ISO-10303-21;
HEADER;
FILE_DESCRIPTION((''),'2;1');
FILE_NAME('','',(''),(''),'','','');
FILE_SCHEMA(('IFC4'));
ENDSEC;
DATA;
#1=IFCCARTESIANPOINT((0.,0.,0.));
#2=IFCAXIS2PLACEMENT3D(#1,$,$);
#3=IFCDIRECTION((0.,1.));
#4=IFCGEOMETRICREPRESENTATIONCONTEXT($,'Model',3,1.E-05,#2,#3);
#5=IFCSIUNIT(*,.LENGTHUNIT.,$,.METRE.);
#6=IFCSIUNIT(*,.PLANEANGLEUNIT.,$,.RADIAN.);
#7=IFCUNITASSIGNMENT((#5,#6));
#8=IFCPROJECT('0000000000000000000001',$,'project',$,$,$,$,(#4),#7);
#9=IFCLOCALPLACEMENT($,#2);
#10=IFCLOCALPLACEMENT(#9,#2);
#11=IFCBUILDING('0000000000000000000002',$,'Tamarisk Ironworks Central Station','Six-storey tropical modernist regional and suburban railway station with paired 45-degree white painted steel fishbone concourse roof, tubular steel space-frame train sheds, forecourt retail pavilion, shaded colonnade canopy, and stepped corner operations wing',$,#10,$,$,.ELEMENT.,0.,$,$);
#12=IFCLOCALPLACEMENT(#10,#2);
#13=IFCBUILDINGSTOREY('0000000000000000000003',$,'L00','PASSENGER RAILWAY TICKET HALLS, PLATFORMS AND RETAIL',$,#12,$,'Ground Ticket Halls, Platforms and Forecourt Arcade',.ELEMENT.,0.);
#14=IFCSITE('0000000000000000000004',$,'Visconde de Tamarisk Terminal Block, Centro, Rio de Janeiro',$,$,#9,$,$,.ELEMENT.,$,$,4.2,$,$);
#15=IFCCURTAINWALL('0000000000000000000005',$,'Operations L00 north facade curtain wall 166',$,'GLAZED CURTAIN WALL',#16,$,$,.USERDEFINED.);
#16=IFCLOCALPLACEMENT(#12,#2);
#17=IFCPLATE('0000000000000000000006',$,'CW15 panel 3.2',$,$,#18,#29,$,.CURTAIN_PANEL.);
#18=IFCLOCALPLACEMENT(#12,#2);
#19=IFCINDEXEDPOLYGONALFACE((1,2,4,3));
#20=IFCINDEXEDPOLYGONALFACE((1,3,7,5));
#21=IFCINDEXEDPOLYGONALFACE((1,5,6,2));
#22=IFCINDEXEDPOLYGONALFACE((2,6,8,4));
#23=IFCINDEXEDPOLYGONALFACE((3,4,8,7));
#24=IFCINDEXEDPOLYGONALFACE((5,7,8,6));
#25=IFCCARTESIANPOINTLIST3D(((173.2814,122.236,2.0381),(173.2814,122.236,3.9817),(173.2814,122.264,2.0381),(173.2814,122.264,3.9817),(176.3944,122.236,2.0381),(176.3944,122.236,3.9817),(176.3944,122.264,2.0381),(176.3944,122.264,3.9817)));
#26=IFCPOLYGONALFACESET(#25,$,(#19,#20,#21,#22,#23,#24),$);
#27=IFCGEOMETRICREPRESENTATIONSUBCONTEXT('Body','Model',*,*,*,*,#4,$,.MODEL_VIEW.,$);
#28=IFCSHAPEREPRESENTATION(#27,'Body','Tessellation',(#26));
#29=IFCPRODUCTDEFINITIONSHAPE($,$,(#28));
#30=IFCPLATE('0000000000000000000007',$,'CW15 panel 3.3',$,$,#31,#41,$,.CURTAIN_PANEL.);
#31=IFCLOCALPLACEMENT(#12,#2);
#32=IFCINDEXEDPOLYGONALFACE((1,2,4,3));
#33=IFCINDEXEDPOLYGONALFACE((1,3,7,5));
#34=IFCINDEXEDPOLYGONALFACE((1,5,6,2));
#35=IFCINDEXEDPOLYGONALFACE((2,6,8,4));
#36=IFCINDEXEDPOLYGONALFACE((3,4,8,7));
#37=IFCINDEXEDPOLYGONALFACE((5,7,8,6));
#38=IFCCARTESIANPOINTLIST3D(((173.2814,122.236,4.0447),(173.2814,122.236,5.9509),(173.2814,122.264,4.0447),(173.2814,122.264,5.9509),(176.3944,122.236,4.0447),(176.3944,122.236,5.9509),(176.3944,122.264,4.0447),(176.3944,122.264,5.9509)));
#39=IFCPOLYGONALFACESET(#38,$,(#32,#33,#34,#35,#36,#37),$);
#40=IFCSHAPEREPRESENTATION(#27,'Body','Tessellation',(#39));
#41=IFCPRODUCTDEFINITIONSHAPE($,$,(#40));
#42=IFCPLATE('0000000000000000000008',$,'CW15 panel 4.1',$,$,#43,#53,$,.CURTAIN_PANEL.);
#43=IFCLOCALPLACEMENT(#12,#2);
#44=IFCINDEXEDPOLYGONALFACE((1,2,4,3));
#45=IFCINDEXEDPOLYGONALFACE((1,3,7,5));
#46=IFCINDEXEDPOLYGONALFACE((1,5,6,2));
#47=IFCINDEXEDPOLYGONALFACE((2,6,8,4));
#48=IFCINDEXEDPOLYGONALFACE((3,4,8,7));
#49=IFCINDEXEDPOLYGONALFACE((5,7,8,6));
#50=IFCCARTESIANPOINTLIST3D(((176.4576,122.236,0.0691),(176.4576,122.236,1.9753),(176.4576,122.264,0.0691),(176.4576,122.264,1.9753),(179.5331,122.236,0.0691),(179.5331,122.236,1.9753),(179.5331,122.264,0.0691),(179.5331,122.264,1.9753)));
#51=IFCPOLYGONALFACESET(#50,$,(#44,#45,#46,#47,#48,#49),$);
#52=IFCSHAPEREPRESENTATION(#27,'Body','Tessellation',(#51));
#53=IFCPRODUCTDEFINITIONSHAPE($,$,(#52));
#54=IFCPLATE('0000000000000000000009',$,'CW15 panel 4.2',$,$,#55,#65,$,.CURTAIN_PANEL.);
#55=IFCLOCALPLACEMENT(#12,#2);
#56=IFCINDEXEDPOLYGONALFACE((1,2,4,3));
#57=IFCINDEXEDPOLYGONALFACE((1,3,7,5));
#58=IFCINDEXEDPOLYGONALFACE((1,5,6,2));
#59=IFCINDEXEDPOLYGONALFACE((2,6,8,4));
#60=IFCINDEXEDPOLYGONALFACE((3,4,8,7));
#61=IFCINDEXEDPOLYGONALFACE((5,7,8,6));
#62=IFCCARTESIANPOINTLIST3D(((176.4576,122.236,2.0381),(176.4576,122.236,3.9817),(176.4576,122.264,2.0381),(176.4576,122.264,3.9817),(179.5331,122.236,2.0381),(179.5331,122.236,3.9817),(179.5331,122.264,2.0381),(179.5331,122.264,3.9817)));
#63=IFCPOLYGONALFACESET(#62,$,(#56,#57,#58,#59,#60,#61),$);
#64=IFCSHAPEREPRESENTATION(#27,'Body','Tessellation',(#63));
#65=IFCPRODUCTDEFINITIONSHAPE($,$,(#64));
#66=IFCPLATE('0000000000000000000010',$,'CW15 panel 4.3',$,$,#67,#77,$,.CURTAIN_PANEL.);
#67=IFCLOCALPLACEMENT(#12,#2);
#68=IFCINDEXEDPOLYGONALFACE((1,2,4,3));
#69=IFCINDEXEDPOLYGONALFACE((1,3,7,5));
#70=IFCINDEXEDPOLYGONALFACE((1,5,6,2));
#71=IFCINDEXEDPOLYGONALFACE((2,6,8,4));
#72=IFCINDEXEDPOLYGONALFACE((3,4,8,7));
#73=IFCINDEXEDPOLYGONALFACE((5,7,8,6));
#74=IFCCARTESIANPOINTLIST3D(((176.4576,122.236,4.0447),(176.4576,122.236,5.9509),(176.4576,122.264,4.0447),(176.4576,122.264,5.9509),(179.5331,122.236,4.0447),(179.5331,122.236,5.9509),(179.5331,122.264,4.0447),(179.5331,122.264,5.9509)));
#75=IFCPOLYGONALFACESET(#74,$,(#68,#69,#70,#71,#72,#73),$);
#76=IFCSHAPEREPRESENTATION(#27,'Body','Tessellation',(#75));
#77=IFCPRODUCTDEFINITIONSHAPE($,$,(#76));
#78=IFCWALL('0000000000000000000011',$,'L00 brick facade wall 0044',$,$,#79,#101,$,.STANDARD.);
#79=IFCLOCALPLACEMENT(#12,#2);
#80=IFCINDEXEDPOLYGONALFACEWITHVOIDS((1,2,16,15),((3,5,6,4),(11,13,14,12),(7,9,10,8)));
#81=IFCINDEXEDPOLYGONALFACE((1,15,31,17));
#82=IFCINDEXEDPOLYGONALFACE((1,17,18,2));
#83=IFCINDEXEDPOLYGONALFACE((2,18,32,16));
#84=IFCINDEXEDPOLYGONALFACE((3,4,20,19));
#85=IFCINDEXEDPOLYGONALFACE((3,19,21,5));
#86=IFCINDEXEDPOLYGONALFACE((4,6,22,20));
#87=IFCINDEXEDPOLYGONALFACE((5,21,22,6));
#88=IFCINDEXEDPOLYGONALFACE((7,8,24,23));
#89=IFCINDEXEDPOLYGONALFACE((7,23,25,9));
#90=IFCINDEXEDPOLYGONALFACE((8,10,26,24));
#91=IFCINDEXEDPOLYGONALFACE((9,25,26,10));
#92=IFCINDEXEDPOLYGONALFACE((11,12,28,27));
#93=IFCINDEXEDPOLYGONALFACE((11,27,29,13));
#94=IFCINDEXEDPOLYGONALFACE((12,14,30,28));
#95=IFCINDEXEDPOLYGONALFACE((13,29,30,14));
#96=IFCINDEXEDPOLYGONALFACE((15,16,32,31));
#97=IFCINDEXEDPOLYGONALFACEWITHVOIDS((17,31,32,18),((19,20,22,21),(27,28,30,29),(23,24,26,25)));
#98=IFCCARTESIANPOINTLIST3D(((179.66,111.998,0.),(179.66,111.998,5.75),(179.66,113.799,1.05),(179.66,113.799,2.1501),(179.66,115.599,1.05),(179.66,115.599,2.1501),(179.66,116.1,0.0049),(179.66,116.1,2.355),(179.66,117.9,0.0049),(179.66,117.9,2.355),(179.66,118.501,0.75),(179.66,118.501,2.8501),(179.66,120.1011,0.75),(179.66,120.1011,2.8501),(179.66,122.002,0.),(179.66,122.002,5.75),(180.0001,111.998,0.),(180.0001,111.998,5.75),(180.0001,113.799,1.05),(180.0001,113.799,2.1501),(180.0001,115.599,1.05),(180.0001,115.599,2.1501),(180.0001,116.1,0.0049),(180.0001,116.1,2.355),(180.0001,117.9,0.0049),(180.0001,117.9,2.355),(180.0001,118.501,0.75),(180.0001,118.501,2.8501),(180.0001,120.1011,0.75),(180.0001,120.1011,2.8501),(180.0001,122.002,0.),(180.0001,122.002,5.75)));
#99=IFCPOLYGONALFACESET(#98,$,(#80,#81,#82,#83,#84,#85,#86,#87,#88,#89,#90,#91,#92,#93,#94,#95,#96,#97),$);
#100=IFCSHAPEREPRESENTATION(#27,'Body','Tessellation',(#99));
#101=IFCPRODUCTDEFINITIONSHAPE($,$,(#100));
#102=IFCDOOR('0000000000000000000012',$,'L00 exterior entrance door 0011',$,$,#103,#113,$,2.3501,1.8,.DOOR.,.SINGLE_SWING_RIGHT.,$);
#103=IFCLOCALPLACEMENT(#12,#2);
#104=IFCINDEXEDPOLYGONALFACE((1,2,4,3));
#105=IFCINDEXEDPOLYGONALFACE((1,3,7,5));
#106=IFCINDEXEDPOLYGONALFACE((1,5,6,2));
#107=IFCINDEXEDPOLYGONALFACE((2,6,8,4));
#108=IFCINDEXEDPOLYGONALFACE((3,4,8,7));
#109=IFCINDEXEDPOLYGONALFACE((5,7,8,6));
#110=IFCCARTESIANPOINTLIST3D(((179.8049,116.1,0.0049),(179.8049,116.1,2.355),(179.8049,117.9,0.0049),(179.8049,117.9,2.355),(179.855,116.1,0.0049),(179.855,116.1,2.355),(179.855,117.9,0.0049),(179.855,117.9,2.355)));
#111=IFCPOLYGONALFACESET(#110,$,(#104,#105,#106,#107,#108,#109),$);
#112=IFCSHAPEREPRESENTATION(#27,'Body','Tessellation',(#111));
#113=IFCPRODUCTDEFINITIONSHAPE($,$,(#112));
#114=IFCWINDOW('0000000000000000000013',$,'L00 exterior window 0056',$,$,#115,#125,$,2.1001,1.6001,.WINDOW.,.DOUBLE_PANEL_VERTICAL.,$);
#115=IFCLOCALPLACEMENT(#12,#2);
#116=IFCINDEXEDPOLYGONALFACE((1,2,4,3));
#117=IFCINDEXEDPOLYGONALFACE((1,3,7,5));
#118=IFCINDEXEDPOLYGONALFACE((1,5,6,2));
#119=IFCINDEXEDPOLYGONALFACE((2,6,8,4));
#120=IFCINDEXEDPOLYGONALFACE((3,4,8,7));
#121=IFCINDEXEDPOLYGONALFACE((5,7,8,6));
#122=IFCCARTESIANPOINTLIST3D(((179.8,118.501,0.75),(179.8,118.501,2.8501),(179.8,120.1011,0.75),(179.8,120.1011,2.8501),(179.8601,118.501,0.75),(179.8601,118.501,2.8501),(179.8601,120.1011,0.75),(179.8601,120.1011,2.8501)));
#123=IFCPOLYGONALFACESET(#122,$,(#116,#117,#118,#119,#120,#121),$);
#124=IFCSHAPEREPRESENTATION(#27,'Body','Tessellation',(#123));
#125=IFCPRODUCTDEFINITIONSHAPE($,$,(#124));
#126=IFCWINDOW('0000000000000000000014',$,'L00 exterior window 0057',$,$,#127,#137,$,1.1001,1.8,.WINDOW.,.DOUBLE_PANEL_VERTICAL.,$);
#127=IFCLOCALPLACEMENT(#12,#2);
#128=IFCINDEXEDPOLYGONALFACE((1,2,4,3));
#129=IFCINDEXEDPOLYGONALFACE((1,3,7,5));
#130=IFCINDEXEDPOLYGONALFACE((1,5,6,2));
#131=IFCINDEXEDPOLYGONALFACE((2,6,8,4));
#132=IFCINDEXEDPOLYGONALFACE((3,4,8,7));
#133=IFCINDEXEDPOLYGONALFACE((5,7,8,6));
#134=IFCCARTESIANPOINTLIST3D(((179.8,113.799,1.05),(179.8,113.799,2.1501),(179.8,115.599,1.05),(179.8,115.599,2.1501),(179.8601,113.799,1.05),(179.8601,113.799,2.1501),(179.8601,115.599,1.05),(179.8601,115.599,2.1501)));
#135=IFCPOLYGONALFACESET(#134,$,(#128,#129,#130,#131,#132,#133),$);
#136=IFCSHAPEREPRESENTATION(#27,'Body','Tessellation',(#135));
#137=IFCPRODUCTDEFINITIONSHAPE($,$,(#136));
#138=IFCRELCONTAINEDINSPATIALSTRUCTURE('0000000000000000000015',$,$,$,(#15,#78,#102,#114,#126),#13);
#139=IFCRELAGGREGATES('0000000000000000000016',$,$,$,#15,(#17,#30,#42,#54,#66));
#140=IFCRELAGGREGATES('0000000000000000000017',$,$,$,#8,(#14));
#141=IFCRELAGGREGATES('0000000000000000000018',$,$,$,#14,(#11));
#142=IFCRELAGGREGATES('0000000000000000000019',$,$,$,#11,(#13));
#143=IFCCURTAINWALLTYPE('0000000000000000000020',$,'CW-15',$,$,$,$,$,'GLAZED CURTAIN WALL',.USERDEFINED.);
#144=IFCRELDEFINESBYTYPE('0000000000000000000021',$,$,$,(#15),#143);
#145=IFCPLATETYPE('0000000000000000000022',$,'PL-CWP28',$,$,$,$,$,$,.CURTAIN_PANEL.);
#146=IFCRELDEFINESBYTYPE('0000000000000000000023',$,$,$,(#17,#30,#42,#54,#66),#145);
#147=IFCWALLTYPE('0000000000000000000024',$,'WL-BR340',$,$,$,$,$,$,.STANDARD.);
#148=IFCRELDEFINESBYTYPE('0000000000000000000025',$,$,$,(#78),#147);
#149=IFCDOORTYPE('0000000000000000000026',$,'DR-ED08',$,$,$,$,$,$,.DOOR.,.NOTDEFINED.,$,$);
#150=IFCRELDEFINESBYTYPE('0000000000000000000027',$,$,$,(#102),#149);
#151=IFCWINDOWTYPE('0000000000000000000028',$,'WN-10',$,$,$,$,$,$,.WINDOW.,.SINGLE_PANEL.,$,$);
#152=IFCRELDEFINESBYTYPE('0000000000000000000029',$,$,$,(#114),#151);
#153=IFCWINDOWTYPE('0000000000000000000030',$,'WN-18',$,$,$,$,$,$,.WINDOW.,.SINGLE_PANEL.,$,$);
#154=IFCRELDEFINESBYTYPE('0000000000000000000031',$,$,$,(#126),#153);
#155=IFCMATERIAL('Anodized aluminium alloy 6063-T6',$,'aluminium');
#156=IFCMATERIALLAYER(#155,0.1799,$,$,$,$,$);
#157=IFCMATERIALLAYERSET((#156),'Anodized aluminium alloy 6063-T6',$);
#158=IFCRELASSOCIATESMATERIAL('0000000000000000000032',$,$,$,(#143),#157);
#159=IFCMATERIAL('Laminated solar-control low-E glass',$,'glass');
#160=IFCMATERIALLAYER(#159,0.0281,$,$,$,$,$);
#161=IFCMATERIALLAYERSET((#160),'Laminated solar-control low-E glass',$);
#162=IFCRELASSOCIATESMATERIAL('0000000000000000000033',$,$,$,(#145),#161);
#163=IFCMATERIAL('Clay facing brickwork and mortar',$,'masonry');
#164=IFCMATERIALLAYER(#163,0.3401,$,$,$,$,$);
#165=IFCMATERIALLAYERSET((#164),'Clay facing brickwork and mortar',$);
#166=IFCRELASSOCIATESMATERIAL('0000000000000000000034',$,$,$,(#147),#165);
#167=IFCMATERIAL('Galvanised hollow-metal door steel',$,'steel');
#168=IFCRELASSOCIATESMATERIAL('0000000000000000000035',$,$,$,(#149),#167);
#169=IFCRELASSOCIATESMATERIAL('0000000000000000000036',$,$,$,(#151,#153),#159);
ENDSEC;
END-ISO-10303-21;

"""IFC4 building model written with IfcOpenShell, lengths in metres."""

from ifc_helpers import new_model, si_unit, direction, frame, frame_2d, origin, origin_2d, place, context, subcontext, project, spatial, rectangle, extrude, material, layer, layer_set, type_object, element, fill, aggregate, save


model = new_model("IFC4")

# Units and contexts
model_context = context("Model", 3, precision=1e-05, world=origin(), true_north=direction((0.0, 1.0)))
body_context = subcontext(model_context, "Body", "Model", "MODEL_VIEW")
ifc_project = project(units=[si_unit("LENGTHUNIT", "METRE"), si_unit("PLANEANGLEUNIT", "RADIAN")], contexts=[model_context])

# Site, building, storey
site_placement = place(None, origin())
site = spatial("IfcSite", under=ifc_project, at=site_placement, Name="Visconde de Tamarisk Terminal Block, Centro, Rio de Janeiro", CompositionType="ELEMENT", RefElevation=4.2)
building_placement = place(site_placement, origin())
building = spatial("IfcBuilding", under=site, at=building_placement, Name="Tamarisk Ironworks Central Station", Description="Six-storey tropical modernist regional and suburban railway station with paired 45-degree white painted steel fishbone concourse roof, tubular steel space-frame train sheds, forecourt retail pavilion, shaded colonnade canopy, and stepped corner operations wing", CompositionType="ELEMENT", ElevationOfRefHeight=0.0)
storey_placement = place(building_placement, origin())
storey = spatial("IfcBuildingStorey", under=building, at=storey_placement, Name="L00", Description="PASSENGER RAILWAY TICKET HALLS, PLATFORMS AND RETAIL", LongName="Ground Ticket Halls, Platforms and Forecourt Arcade", CompositionType="ELEMENT", Elevation=0.0)

# Curtain wall, plates
ifc_material_1 = material(Name="Anodized aluminium alloy 6063-T6", Category="aluminium")
ifc_layer_1 = layer(ifc_material_1, 0.1799)
ifc_layer_set_1 = layer_set([ifc_layer_1], Name="Anodized aluminium alloy 6063-T6")
curtain_wall_type = type_object("IfcCurtainWallType", Name="CW-15", ElementType="GLAZED CURTAIN WALL", PredefinedType="USERDEFINED", material=ifc_layer_set_1)
curtain_wall_placement = place(storey_placement, origin())
curtain_wall = element("IfcCurtainWall", 1, at=curtain_wall_placement, inside=storey, type_object=curtain_wall_type, Name="Operations L00 north facade curtain wall 166", ObjectType="GLAZED CURTAIN WALL", PredefinedType="USERDEFINED")
ifc_material_2 = material(Name="Laminated solar-control low-E glass", Category="glass")
ifc_layer_2 = layer(ifc_material_2, 0.0281)
ifc_layer_set_2 = layer_set([ifc_layer_2], Name="Laminated solar-control low-E glass")
plate_type = type_object("IfcPlateType", Name="PL-CWP28", PredefinedType="CURTAIN_PANEL", material=ifc_layer_set_2)
plate_1_placement = place(storey_placement, frame((174.8379, 122.25, 2.0381), z_axis=(0.0, 0.0, 1.0), x_axis=(1.0, 0.0, 0.0)))
plate_1 = element("IfcPlate", 2, at=plate_1_placement, type_object=plate_type, Name="CW15 panel 3.2", PredefinedType="CURTAIN_PANEL", context=body_context, shape_type="SweptSolid", body=[
    extrude(rectangle(XDim=3.113, YDim=0.0281, at=origin_2d()), origin(), (0.0, 0.0, 1.0), 1.9436),
])
plate_2_placement = place(storey_placement, frame((174.8379, 122.25, 4.0447), z_axis=(0.0, 0.0, 1.0), x_axis=(1.0, 0.0, 0.0)))
plate_2 = element("IfcPlate", 3, at=plate_2_placement, type_object=plate_type, Name="CW15 panel 3.3", PredefinedType="CURTAIN_PANEL", context=body_context, shape_type="SweptSolid", body=[
    extrude(rectangle(XDim=3.113, YDim=0.0281, at=origin_2d()), origin(), (0.0, 0.0, 1.0), 1.9062),
])
plate_3_placement = place(storey_placement, frame((177.9954, 122.25, 0.0691), z_axis=(0.0, 0.0, 1.0), x_axis=(1.0, 0.0, 0.0)))
plate_3 = element("IfcPlate", 4, at=plate_3_placement, type_object=plate_type, Name="CW15 panel 4.1", PredefinedType="CURTAIN_PANEL", context=body_context, shape_type="SweptSolid", body=[
    extrude(rectangle(XDim=3.0754, YDim=0.0281, at=origin_2d()), origin(), (0.0, 0.0, 1.0), 1.9062),
])
plate_4_placement = place(storey_placement, frame((177.9954, 122.25, 2.0381), z_axis=(0.0, 0.0, 1.0), x_axis=(1.0, 0.0, 0.0)))
plate_4 = element("IfcPlate", 5, at=plate_4_placement, type_object=plate_type, Name="CW15 panel 4.2", PredefinedType="CURTAIN_PANEL", context=body_context, shape_type="SweptSolid", body=[
    extrude(rectangle(XDim=3.0754, YDim=0.0281, at=origin_2d()), origin(), (0.0, 0.0, 1.0), 1.9436),
])
plate_5_placement = place(storey_placement, frame((177.9954, 122.25, 4.0447), z_axis=(0.0, 0.0, 1.0), x_axis=(1.0, 0.0, 0.0)))
plate_5 = element("IfcPlate", 6, at=plate_5_placement, type_object=plate_type, Name="CW15 panel 4.3", PredefinedType="CURTAIN_PANEL", context=body_context, shape_type="SweptSolid", body=[
    extrude(rectangle(XDim=3.0754, YDim=0.0281, at=origin_2d()), origin(), (0.0, 0.0, 1.0), 1.9062),
])
aggregate(curtain_wall, [plate_1, plate_2, plate_3, plate_4, plate_5])

# Wall, openings, door, windows
ifc_material_3 = material(Name="Clay facing brickwork and mortar", Category="masonry")
ifc_layer_3 = layer(ifc_material_3, 0.3401)
ifc_layer_set_3 = layer_set([ifc_layer_3], Name="Clay facing brickwork and mortar")
wall_type = type_object("IfcWallType", Name="WL-BR340", PredefinedType="STANDARD", material=ifc_layer_set_3)
wall_placement = place(storey_placement, frame((179.8301, 122.002, 0.0), z_axis=(0.0, 0.0, 1.0), x_axis=(0.0, -1.0, 0.0)))
wall = element("IfcWall", 7, at=wall_placement, inside=storey, type_object=wall_type, Name="L00 brick facade wall 0044", PredefinedType="STANDARD", context=body_context, shape_type="SweptSolid", body=[
    extrude(rectangle(XDim=10.0039, YDim=0.3401, at=frame_2d((5.002, 0.0))), origin(), (0.0, 0.0, 1.0), 5.75),
])
opening_1_placement = place(wall_placement, frame((4.1021, 0.0, 0.0049)))
opening_1 = element("IfcOpeningElement", 8, at=opening_1_placement, cuts=wall, PredefinedType="OPENING", context=body_context, shape_type="SweptSolid", body=[
    extrude(rectangle(XDim=1.8, YDim=2.3501, at=frame_2d((0.8999, 1.175))), frame((0.0, 0.1821, 0.0), z_axis=(0.0, -1.0, 0.0), x_axis=(1.0, 0.0, 0.0)), (0.0, 0.0, 1.0), 0.364),
])
opening_2_placement = place(wall_placement, frame((1.9009, 0.0, 0.75)))
opening_2 = element("IfcOpeningElement", 9, at=opening_2_placement, cuts=wall, PredefinedType="OPENING", context=body_context, shape_type="SweptSolid", body=[
    extrude(rectangle(XDim=1.6001, YDim=2.1001, at=frame_2d((0.8, 1.05))), frame((0.0, 0.1821, 0.0), z_axis=(0.0, -1.0, 0.0), x_axis=(1.0, 0.0, 0.0)), (0.0, 0.0, 1.0), 0.364),
])
opening_3_placement = place(wall_placement, frame((6.4031, 0.0, 1.05)))
opening_3 = element("IfcOpeningElement", 10, at=opening_3_placement, cuts=wall, PredefinedType="OPENING", context=body_context, shape_type="SweptSolid", body=[
    extrude(rectangle(XDim=1.8, YDim=1.1001, at=frame_2d((0.8999, 0.55))), frame((0.0, 0.1821, 0.0), z_axis=(0.0, -1.0, 0.0), x_axis=(1.0, 0.0, 0.0)), (0.0, 0.0, 1.0), 0.364),
])
ifc_material_4 = material(Name="Galvanised hollow-metal door steel", Category="steel")
door_type = type_object("IfcDoorType", Name="DR-ED08", OperationType="NOTDEFINED", PredefinedType="DOOR", material=ifc_material_4)
door_placement = place(opening_1_placement, origin())
door = element("IfcDoor", 11, at=door_placement, inside=storey, type_object=door_type, Name="L00 exterior entrance door 0011", OperationType="SINGLE_SWING_RIGHT", OverallHeight=2.3501, OverallWidth=1.8, PredefinedType="DOOR", context=body_context, shape_type="SweptSolid", body=[
    extrude(rectangle(XDim=1.8, YDim=2.3501, at=frame_2d((0.8999, 1.175))), frame((0.0, 0.0249, 0.0), z_axis=(0.0, -1.0, 0.0), x_axis=(1.0, 0.0, 0.0)), (0.0, 0.0, 1.0), 0.05),
])
fill(opening_1, door)
window_type_1 = type_object("IfcWindowType", Name="WN-10", PartitioningType="SINGLE_PANEL", PredefinedType="WINDOW", material=ifc_material_2)
window_1_placement = place(opening_2_placement, origin())
window_1 = element("IfcWindow", 12, at=window_1_placement, inside=storey, type_object=window_type_1, Name="L00 exterior window 0056", OverallHeight=2.1001, OverallWidth=1.6001, PartitioningType="DOUBLE_PANEL_VERTICAL", PredefinedType="WINDOW", context=body_context, shape_type="SweptSolid", body=[
    extrude(rectangle(XDim=1.6001, YDim=2.1001, at=frame_2d((0.8, 1.05))), frame((0.0, 0.03, 0.0), z_axis=(0.0, -1.0, 0.0), x_axis=(1.0, 0.0, 0.0)), (0.0, 0.0, 1.0), 0.0601),
])
fill(opening_2, window_1)
window_type_2 = type_object("IfcWindowType", Name="WN-18", PartitioningType="SINGLE_PANEL", PredefinedType="WINDOW", material=ifc_material_2)
window_2_placement = place(opening_3_placement, origin())
window_2 = element("IfcWindow", 13, at=window_2_placement, inside=storey, type_object=window_type_2, Name="L00 exterior window 0057", OverallHeight=1.1001, OverallWidth=1.8, PartitioningType="DOUBLE_PANEL_VERTICAL", PredefinedType="WINDOW", context=body_context, shape_type="SweptSolid", body=[
    extrude(rectangle(XDim=1.8, YDim=1.1001, at=frame_2d((0.8999, 0.55))), frame((0.0, 0.03, 0.0), z_axis=(0.0, -1.0, 0.0), x_axis=(1.0, 0.0, 0.0)), (0.0, 0.0, 1.0), 0.0601),
])
fill(opening_3, window_2)

save(model, "model.ifc")
